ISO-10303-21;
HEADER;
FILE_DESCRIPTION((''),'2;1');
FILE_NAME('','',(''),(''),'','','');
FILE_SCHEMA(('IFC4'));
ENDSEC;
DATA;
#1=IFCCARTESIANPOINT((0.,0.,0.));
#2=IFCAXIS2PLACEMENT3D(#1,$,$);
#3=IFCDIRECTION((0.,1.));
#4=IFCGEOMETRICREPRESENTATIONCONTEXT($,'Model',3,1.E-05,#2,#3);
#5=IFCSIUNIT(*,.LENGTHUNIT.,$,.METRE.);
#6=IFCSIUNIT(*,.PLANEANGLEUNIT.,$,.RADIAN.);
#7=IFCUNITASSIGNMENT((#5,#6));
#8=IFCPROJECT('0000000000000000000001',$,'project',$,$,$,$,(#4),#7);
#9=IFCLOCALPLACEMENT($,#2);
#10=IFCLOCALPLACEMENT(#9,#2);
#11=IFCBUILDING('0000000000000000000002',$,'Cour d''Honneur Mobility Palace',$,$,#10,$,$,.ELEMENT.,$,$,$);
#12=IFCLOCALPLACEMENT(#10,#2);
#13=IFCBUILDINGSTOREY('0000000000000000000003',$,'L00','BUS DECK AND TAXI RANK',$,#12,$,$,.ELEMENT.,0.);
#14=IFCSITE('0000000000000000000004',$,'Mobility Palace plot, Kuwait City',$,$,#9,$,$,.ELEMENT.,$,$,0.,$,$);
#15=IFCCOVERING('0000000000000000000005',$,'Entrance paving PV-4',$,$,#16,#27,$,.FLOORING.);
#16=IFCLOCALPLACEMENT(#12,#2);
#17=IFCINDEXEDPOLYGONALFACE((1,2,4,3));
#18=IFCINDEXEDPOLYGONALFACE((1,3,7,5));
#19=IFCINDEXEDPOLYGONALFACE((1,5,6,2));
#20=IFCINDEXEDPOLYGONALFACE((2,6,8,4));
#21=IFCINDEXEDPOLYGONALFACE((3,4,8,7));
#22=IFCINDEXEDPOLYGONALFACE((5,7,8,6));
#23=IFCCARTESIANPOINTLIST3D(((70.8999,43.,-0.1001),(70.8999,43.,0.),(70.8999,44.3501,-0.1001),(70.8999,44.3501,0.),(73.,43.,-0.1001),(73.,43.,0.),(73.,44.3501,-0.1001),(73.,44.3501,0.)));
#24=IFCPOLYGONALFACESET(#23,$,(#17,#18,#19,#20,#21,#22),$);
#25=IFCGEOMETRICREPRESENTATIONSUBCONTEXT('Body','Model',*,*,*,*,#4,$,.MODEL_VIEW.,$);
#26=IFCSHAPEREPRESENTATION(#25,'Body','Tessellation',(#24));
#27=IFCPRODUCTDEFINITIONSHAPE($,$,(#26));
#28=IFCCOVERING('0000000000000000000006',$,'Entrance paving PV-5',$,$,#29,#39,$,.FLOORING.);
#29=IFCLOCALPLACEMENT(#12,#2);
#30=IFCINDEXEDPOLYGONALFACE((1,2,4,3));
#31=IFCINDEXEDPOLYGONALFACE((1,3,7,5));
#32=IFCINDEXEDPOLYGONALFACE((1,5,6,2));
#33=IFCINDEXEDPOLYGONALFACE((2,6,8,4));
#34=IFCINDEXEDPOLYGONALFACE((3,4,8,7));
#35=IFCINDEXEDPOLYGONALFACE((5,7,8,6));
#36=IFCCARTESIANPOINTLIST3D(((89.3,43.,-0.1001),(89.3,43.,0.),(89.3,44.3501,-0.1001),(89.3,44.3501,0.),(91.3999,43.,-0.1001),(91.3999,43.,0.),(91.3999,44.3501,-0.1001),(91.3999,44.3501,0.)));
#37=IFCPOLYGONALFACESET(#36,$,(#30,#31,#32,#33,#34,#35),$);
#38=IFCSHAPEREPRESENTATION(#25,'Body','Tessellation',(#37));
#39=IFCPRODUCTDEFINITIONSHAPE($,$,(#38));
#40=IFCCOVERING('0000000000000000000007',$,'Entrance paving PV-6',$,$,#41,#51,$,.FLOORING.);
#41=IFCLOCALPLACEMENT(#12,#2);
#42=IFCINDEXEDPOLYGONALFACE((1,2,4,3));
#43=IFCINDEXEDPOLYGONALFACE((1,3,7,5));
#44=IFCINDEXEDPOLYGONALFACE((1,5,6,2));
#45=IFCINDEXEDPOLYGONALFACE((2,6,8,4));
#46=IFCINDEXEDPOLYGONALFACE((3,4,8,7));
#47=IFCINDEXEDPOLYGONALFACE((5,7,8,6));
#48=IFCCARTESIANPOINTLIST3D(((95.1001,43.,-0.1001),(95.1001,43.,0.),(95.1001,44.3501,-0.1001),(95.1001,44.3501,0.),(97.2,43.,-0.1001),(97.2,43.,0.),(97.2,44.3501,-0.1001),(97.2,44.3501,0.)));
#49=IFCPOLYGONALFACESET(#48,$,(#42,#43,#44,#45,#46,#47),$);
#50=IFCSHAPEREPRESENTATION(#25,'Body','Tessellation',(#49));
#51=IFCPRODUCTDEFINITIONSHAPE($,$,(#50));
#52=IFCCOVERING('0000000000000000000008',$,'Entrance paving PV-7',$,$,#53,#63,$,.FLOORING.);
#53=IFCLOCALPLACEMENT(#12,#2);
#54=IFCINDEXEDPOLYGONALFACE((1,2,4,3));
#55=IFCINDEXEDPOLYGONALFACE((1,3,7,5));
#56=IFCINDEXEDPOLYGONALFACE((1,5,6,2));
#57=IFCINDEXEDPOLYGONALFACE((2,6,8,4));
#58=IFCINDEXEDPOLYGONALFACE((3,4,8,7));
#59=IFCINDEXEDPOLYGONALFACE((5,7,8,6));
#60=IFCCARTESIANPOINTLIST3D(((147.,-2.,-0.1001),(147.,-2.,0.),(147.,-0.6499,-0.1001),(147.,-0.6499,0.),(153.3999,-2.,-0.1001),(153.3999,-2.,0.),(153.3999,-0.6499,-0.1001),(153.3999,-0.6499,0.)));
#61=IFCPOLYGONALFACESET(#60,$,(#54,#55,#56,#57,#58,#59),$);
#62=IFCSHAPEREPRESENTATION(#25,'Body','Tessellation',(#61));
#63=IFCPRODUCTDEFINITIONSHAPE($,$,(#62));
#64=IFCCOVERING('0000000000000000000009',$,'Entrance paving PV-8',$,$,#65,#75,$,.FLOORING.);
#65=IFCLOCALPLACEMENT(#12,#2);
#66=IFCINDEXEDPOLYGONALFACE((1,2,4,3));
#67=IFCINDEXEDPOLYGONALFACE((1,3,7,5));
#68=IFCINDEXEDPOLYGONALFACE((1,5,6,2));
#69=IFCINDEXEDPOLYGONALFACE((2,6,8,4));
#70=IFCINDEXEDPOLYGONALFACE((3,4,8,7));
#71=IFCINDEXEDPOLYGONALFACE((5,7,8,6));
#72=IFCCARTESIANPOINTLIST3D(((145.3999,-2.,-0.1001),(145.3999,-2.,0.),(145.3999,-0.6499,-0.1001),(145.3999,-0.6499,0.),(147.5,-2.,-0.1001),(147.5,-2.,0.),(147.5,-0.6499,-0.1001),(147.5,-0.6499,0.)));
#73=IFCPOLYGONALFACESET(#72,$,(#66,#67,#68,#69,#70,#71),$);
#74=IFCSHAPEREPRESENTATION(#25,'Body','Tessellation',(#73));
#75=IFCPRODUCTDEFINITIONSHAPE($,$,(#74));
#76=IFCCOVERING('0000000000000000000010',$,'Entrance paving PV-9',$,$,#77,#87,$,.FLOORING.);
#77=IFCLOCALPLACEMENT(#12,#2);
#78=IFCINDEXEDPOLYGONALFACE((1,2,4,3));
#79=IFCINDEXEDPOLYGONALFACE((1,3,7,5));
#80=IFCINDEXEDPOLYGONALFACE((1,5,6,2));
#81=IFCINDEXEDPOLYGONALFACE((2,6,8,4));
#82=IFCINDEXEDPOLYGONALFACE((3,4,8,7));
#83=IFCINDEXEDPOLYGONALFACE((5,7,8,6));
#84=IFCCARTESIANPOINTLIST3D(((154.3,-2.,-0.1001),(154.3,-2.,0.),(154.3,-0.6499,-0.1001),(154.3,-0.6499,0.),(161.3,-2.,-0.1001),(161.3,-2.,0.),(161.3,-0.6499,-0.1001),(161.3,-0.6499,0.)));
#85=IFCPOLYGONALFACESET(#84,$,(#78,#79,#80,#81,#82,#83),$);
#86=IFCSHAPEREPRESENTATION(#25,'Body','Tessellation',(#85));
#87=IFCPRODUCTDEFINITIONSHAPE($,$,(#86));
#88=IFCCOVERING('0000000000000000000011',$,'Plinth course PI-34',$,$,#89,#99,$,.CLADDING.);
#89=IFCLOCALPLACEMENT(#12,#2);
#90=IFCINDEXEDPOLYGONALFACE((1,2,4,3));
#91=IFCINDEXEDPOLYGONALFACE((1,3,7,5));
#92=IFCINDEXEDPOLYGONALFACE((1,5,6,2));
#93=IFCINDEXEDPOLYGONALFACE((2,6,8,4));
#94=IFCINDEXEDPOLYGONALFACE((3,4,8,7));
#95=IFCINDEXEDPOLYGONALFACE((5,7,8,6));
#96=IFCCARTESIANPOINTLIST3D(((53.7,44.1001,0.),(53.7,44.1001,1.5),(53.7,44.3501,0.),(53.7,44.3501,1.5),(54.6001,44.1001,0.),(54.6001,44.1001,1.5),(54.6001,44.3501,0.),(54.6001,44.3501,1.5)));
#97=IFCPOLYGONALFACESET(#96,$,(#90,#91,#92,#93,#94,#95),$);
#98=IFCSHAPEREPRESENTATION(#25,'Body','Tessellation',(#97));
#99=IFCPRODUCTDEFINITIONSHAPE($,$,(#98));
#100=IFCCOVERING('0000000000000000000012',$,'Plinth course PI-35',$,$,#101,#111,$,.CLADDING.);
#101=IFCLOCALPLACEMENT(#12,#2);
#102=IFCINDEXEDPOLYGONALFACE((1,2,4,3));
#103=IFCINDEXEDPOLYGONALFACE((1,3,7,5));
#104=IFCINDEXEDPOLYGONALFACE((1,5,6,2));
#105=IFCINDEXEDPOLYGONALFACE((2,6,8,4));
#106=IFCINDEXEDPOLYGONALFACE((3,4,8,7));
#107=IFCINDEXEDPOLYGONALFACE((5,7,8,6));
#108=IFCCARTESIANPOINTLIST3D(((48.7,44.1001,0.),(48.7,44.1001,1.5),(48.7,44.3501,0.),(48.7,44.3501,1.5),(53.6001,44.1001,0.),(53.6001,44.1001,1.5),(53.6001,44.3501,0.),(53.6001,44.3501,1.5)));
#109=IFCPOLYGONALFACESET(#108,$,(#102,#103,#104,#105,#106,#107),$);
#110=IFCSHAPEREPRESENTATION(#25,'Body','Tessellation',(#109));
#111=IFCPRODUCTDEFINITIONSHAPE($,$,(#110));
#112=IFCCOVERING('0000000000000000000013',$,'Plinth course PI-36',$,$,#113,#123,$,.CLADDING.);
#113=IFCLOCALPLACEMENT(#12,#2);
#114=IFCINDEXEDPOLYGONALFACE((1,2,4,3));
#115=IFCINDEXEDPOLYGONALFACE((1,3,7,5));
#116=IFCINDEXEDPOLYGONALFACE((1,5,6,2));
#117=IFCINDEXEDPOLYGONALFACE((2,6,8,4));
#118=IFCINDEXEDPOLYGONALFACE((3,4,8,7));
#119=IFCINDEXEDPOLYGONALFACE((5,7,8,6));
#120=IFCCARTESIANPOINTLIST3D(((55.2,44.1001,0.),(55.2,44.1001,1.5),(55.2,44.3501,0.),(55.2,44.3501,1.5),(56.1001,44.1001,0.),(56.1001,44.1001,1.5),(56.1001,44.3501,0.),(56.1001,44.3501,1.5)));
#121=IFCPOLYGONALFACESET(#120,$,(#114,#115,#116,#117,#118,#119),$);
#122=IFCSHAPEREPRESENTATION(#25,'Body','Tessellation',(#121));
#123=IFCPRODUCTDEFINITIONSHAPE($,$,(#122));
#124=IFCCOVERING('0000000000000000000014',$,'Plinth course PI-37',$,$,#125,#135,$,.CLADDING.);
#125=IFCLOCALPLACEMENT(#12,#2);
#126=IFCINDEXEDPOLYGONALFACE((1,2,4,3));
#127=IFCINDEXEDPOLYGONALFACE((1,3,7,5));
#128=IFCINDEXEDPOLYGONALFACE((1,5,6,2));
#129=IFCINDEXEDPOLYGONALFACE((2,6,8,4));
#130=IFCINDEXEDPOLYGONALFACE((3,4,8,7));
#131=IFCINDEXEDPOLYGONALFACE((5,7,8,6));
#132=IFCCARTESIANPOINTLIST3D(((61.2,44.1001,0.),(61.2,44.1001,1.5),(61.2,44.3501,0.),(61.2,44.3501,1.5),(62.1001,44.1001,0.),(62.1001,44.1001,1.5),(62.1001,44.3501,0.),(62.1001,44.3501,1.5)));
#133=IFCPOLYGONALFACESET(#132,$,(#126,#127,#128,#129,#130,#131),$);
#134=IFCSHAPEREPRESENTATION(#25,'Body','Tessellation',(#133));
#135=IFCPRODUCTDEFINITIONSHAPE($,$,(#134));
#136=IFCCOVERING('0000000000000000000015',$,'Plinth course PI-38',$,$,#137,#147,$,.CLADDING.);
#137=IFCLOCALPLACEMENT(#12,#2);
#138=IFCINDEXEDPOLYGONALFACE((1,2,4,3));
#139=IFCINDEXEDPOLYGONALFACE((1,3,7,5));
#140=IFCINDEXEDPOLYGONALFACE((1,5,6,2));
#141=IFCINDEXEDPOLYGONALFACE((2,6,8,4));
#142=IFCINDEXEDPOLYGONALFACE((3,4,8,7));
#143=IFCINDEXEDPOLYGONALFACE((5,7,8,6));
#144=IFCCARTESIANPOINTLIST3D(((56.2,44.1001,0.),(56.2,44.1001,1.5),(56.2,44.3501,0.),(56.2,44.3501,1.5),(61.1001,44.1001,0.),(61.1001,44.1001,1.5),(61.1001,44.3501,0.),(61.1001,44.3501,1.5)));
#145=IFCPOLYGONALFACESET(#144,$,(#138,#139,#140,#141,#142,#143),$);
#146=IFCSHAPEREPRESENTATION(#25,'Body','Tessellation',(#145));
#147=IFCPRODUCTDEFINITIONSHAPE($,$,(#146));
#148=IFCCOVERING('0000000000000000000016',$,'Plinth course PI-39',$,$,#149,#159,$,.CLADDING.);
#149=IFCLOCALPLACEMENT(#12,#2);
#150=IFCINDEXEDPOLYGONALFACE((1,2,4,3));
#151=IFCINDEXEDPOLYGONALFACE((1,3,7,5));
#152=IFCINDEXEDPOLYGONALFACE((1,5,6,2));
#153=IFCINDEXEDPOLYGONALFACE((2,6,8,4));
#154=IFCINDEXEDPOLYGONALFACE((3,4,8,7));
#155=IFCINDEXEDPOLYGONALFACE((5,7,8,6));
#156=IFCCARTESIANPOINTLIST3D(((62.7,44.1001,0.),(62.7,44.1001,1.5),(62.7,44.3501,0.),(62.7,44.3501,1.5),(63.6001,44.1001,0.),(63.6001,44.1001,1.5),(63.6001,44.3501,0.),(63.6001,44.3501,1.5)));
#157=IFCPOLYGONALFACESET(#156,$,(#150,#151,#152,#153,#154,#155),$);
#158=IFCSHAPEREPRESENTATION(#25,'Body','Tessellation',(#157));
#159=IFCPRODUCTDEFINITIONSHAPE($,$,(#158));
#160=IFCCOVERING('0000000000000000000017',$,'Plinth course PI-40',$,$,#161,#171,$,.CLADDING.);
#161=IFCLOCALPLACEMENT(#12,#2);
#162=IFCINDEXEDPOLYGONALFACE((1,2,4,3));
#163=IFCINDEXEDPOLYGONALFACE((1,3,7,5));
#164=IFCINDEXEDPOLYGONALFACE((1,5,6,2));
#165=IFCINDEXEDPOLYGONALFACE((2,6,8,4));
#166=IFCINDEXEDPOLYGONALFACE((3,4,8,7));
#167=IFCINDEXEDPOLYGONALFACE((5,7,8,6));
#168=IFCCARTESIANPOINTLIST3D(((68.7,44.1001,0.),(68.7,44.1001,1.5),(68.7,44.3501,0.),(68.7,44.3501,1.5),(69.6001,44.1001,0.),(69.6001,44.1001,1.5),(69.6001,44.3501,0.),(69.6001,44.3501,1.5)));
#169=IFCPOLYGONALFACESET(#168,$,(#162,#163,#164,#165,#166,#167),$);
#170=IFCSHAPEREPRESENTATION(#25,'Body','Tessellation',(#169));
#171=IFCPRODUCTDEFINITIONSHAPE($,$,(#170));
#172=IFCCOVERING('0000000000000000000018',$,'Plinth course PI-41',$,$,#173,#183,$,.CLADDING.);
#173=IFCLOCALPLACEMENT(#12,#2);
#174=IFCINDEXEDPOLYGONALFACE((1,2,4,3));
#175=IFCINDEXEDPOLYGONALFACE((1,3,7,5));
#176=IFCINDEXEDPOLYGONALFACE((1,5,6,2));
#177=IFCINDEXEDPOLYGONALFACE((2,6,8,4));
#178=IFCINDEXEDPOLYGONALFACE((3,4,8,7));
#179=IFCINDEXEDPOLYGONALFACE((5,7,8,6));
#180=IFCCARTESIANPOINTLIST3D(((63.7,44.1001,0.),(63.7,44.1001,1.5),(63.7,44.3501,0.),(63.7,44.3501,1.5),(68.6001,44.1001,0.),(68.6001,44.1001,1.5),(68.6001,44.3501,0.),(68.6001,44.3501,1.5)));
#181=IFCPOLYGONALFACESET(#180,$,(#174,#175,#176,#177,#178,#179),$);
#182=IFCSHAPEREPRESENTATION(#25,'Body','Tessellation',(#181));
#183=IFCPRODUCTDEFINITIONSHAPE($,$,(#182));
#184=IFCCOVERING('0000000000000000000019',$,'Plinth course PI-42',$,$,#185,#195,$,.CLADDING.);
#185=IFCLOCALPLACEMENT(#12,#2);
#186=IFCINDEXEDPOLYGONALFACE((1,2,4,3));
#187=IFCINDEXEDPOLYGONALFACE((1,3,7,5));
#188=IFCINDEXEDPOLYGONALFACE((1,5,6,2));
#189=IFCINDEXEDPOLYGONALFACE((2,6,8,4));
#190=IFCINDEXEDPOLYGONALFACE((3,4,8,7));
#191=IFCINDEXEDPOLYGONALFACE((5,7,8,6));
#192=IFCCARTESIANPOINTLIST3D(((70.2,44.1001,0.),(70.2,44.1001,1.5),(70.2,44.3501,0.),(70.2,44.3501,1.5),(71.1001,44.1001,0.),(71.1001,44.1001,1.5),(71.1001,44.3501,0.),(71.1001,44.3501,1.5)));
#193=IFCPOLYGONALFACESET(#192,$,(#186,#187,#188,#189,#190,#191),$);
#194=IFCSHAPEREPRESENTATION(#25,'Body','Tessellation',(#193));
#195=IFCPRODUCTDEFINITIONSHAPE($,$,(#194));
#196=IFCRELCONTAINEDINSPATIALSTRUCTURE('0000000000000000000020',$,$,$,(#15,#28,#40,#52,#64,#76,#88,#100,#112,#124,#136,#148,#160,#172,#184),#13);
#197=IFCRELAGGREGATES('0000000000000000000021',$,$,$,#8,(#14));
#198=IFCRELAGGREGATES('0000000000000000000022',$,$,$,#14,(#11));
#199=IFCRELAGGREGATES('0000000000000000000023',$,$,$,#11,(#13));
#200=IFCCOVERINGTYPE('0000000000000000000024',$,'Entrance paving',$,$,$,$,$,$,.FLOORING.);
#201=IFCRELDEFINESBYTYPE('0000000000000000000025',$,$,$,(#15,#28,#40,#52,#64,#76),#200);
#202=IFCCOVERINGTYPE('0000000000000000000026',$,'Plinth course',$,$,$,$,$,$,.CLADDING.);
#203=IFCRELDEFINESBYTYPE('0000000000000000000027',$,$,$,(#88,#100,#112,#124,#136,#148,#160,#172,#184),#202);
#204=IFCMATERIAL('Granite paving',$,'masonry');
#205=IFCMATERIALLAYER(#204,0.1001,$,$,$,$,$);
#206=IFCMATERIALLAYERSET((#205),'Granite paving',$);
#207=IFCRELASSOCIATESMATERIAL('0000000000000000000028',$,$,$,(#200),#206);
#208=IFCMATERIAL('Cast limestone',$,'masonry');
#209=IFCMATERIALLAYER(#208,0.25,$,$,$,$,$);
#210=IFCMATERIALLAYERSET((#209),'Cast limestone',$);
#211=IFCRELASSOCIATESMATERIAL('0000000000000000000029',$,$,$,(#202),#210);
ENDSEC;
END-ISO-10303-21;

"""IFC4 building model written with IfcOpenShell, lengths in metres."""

from ifc_helpers import new_model, si_unit, direction, frame, origin, place, context, subcontext, project, spatial, polyline, outline, extrude, material, layer, layer_set, type_object, element, save


model = new_model("IFC4")

# Units and contexts
model_context = context("Model", 3, precision=1e-05, world=origin(), true_north=direction((0.0, 1.0)))
body_context = subcontext(model_context, "Body", "Model", "MODEL_VIEW")
ifc_project = project(units=[si_unit("LENGTHUNIT", "METRE"), si_unit("PLANEANGLEUNIT", "RADIAN")], contexts=[model_context])

# Site, building, storey
site_placement = place(None, origin())
site = spatial("IfcSite", under=ifc_project, at=site_placement, Name="Mobility Palace plot, Kuwait City", CompositionType="ELEMENT", RefElevation=0.0)
building_placement = place(site_placement, origin())
building = spatial("IfcBuilding", under=site, at=building_placement, Name="Cour d'Honneur Mobility Palace", CompositionType="ELEMENT")
storey_placement = place(building_placement, origin())
storey = spatial("IfcBuildingStorey", under=building, at=storey_placement, Name="L00", Description="BUS DECK AND TAXI RANK", CompositionType="ELEMENT", Elevation=0.0)

# Coverings
ifc_material_1 = material(Name="Granite paving", Category="masonry")
ifc_layer_1 = layer(ifc_material_1, 0.1001)
ifc_layer_set_1 = layer_set([ifc_layer_1], Name="Granite paving")
covering_type_1 = type_object("IfcCoveringType", Name="Entrance paving", PredefinedType="FLOORING", material=ifc_layer_set_1)
covering_1_placement = place(storey_placement, frame((0.0, 0.0, -0.1001)))
element("IfcCovering", 1, at=covering_1_placement, inside=storey, type_object=covering_type_1, Name="Entrance paving PV-4", PredefinedType="FLOORING", context=body_context, shape_type="SweptSolid", body=[
    extrude(outline(polyline([(70.8999, 44.3501), (73.0, 44.3501), (73.0, 43.0), (70.8999, 43.0), (70.8999, 44.3501)])), origin(), (0.0, 0.0, 1.0), 0.1001),
])
covering_2_placement = place(storey_placement, frame((0.0, 0.0, -0.1001)))
element("IfcCovering", 2, at=covering_2_placement, inside=storey, type_object=covering_type_1, Name="Entrance paving PV-5", PredefinedType="FLOORING", context=body_context, shape_type="SweptSolid", body=[
    extrude(outline(polyline([(89.3, 44.3501), (91.3999, 44.3501), (91.3999, 43.0), (89.3, 43.0), (89.3, 44.3501)])), origin(), (0.0, 0.0, 1.0), 0.1001),
])
covering_3_placement = place(storey_placement, frame((0.0, 0.0, -0.1001)))
element("IfcCovering", 3, at=covering_3_placement, inside=storey, type_object=covering_type_1, Name="Entrance paving PV-6", PredefinedType="FLOORING", context=body_context, shape_type="SweptSolid", body=[
    extrude(outline(polyline([(95.1001, 44.3501), (97.2, 44.3501), (97.2, 43.0), (95.1001, 43.0), (95.1001, 44.3501)])), origin(), (0.0, 0.0, 1.0), 0.1001),
])
covering_4_placement = place(storey_placement, frame((0.0, 0.0, -0.1001)))
element("IfcCovering", 4, at=covering_4_placement, inside=storey, type_object=covering_type_1, Name="Entrance paving PV-7", PredefinedType="FLOORING", context=body_context, shape_type="SweptSolid", body=[
    extrude(outline(polyline([(147.0, -0.6499), (153.3999, -0.6499), (153.3999, -2.0), (147.0, -2.0), (147.0, -0.6499)])), origin(), (0.0, 0.0, 1.0), 0.1001),
])
covering_5_placement = place(storey_placement, frame((0.0, 0.0, -0.1001)))
element("IfcCovering", 5, at=covering_5_placement, inside=storey, type_object=covering_type_1, Name="Entrance paving PV-8", PredefinedType="FLOORING", context=body_context, shape_type="SweptSolid", body=[
    extrude(outline(polyline([(145.3999, -0.6499), (147.5, -0.6499), (147.5, -2.0), (145.3999, -2.0), (145.3999, -0.6499)])), origin(), (0.0, 0.0, 1.0), 0.1001),
])
covering_6_placement = place(storey_placement, frame((0.0, 0.0, -0.1001)))
element("IfcCovering", 6, at=covering_6_placement, inside=storey, type_object=covering_type_1, Name="Entrance paving PV-9", PredefinedType="FLOORING", context=body_context, shape_type="SweptSolid", body=[
    extrude(outline(polyline([(154.3, -0.6499), (161.3, -0.6499), (161.3, -2.0), (154.3, -2.0), (154.3, -0.6499)])), origin(), (0.0, 0.0, 1.0), 0.1001),
])
ifc_material_2 = material(Name="Cast limestone", Category="masonry")
ifc_layer_2 = layer(ifc_material_2, 0.25)
ifc_layer_set_2 = layer_set([ifc_layer_2], Name="Cast limestone")
covering_type_2 = type_object("IfcCoveringType", Name="Plinth course", PredefinedType="CLADDING", material=ifc_layer_set_2)
covering_7_placement = place(storey_placement, origin())
element("IfcCovering", 7, at=covering_7_placement, inside=storey, type_object=covering_type_2, Name="Plinth course PI-34", PredefinedType="CLADDING", context=body_context, shape_type="SweptSolid", body=[
    extrude(outline(polyline([(53.7, 44.3501), (54.6001, 44.3501), (54.6001, 44.1001), (53.7, 44.1001), (53.7, 44.3501)])), origin(), (0.0, 0.0, 1.0), 1.5),
])
covering_8_placement = place(storey_placement, origin())
element("IfcCovering", 8, at=covering_8_placement, inside=storey, type_object=covering_type_2, Name="Plinth course PI-35", PredefinedType="CLADDING", context=body_context, shape_type="SweptSolid", body=[
    extrude(outline(polyline([(48.7, 44.3501), (53.6001, 44.3501), (53.6001, 44.1001), (48.7, 44.1001), (48.7, 44.3501)])), origin(), (0.0, 0.0, 1.0), 1.5),
])
covering_9_placement = place(storey_placement, origin())
element("IfcCovering", 9, at=covering_9_placement, inside=storey, type_object=covering_type_2, Name="Plinth course PI-36", PredefinedType="CLADDING", context=body_context, shape_type="SweptSolid", body=[
    extrude(outline(polyline([(55.2, 44.3501), (56.1001, 44.3501), (56.1001, 44.1001), (55.2, 44.1001), (55.2, 44.3501)])), origin(), (0.0, 0.0, 1.0), 1.5),
])
covering_10_placement = place(storey_placement, origin())
element("IfcCovering", 10, at=covering_10_placement, inside=storey, type_object=covering_type_2, Name="Plinth course PI-37", PredefinedType="CLADDING", context=body_context, shape_type="SweptSolid", body=[
    extrude(outline(polyline([(61.2, 44.3501), (62.1001, 44.3501), (62.1001, 44.1001), (61.2, 44.1001), (61.2, 44.3501)])), origin(), (0.0, 0.0, 1.0), 1.5),
])
covering_11_placement = place(storey_placement, origin())
element("IfcCovering", 11, at=covering_11_placement, inside=storey, type_object=covering_type_2, Name="Plinth course PI-38", PredefinedType="CLADDING", context=body_context, shape_type="SweptSolid", body=[
    extrude(outline(polyline([(56.2, 44.3501), (61.1001, 44.3501), (61.1001, 44.1001), (56.2, 44.1001), (56.2, 44.3501)])), origin(), (0.0, 0.0, 1.0), 1.5),
])
covering_12_placement = place(storey_placement, origin())
element("IfcCovering", 12, at=covering_12_placement, inside=storey, type_object=covering_type_2, Name="Plinth course PI-39", PredefinedType="CLADDING", context=body_context, shape_type="SweptSolid", body=[
    extrude(outline(polyline([(62.7, 44.3501), (63.6001, 44.3501), (63.6001, 44.1001), (62.7, 44.1001), (62.7, 44.3501)])), origin(), (0.0, 0.0, 1.0), 1.5),
])
covering_13_placement = place(storey_placement, origin())
element("IfcCovering", 13, at=covering_13_placement, inside=storey, type_object=covering_type_2, Name="Plinth course PI-40", PredefinedType="CLADDING", context=body_context, shape_type="SweptSolid", body=[
    extrude(outline(polyline([(68.7, 44.3501), (69.6001, 44.3501), (69.6001, 44.1001), (68.7, 44.1001), (68.7, 44.3501)])), origin(), (0.0, 0.0, 1.0), 1.5),
])
covering_14_placement = place(storey_placement, origin())
element("IfcCovering", 14, at=covering_14_placement, inside=storey, type_object=covering_type_2, Name="Plinth course PI-41", PredefinedType="CLADDING", context=body_context, shape_type="SweptSolid", body=[
    extrude(outline(polyline([(63.7, 44.3501), (68.6001, 44.3501), (68.6001, 44.1001), (63.7, 44.1001), (63.7, 44.3501)])), origin(), (0.0, 0.0, 1.0), 1.5),
])
covering_15_placement = place(storey_placement, origin())
element("IfcCovering", 15, at=covering_15_placement, inside=storey, type_object=covering_type_2, Name="Plinth course PI-42", PredefinedType="CLADDING", context=body_context, shape_type="SweptSolid", body=[
    extrude(outline(polyline([(70.2, 44.3501), (71.1001, 44.3501), (71.1001, 44.1001), (70.2, 44.1001), (70.2, 44.3501)])), origin(), (0.0, 0.0, 1.0), 1.5),
])

save(model, "model.ifc")
